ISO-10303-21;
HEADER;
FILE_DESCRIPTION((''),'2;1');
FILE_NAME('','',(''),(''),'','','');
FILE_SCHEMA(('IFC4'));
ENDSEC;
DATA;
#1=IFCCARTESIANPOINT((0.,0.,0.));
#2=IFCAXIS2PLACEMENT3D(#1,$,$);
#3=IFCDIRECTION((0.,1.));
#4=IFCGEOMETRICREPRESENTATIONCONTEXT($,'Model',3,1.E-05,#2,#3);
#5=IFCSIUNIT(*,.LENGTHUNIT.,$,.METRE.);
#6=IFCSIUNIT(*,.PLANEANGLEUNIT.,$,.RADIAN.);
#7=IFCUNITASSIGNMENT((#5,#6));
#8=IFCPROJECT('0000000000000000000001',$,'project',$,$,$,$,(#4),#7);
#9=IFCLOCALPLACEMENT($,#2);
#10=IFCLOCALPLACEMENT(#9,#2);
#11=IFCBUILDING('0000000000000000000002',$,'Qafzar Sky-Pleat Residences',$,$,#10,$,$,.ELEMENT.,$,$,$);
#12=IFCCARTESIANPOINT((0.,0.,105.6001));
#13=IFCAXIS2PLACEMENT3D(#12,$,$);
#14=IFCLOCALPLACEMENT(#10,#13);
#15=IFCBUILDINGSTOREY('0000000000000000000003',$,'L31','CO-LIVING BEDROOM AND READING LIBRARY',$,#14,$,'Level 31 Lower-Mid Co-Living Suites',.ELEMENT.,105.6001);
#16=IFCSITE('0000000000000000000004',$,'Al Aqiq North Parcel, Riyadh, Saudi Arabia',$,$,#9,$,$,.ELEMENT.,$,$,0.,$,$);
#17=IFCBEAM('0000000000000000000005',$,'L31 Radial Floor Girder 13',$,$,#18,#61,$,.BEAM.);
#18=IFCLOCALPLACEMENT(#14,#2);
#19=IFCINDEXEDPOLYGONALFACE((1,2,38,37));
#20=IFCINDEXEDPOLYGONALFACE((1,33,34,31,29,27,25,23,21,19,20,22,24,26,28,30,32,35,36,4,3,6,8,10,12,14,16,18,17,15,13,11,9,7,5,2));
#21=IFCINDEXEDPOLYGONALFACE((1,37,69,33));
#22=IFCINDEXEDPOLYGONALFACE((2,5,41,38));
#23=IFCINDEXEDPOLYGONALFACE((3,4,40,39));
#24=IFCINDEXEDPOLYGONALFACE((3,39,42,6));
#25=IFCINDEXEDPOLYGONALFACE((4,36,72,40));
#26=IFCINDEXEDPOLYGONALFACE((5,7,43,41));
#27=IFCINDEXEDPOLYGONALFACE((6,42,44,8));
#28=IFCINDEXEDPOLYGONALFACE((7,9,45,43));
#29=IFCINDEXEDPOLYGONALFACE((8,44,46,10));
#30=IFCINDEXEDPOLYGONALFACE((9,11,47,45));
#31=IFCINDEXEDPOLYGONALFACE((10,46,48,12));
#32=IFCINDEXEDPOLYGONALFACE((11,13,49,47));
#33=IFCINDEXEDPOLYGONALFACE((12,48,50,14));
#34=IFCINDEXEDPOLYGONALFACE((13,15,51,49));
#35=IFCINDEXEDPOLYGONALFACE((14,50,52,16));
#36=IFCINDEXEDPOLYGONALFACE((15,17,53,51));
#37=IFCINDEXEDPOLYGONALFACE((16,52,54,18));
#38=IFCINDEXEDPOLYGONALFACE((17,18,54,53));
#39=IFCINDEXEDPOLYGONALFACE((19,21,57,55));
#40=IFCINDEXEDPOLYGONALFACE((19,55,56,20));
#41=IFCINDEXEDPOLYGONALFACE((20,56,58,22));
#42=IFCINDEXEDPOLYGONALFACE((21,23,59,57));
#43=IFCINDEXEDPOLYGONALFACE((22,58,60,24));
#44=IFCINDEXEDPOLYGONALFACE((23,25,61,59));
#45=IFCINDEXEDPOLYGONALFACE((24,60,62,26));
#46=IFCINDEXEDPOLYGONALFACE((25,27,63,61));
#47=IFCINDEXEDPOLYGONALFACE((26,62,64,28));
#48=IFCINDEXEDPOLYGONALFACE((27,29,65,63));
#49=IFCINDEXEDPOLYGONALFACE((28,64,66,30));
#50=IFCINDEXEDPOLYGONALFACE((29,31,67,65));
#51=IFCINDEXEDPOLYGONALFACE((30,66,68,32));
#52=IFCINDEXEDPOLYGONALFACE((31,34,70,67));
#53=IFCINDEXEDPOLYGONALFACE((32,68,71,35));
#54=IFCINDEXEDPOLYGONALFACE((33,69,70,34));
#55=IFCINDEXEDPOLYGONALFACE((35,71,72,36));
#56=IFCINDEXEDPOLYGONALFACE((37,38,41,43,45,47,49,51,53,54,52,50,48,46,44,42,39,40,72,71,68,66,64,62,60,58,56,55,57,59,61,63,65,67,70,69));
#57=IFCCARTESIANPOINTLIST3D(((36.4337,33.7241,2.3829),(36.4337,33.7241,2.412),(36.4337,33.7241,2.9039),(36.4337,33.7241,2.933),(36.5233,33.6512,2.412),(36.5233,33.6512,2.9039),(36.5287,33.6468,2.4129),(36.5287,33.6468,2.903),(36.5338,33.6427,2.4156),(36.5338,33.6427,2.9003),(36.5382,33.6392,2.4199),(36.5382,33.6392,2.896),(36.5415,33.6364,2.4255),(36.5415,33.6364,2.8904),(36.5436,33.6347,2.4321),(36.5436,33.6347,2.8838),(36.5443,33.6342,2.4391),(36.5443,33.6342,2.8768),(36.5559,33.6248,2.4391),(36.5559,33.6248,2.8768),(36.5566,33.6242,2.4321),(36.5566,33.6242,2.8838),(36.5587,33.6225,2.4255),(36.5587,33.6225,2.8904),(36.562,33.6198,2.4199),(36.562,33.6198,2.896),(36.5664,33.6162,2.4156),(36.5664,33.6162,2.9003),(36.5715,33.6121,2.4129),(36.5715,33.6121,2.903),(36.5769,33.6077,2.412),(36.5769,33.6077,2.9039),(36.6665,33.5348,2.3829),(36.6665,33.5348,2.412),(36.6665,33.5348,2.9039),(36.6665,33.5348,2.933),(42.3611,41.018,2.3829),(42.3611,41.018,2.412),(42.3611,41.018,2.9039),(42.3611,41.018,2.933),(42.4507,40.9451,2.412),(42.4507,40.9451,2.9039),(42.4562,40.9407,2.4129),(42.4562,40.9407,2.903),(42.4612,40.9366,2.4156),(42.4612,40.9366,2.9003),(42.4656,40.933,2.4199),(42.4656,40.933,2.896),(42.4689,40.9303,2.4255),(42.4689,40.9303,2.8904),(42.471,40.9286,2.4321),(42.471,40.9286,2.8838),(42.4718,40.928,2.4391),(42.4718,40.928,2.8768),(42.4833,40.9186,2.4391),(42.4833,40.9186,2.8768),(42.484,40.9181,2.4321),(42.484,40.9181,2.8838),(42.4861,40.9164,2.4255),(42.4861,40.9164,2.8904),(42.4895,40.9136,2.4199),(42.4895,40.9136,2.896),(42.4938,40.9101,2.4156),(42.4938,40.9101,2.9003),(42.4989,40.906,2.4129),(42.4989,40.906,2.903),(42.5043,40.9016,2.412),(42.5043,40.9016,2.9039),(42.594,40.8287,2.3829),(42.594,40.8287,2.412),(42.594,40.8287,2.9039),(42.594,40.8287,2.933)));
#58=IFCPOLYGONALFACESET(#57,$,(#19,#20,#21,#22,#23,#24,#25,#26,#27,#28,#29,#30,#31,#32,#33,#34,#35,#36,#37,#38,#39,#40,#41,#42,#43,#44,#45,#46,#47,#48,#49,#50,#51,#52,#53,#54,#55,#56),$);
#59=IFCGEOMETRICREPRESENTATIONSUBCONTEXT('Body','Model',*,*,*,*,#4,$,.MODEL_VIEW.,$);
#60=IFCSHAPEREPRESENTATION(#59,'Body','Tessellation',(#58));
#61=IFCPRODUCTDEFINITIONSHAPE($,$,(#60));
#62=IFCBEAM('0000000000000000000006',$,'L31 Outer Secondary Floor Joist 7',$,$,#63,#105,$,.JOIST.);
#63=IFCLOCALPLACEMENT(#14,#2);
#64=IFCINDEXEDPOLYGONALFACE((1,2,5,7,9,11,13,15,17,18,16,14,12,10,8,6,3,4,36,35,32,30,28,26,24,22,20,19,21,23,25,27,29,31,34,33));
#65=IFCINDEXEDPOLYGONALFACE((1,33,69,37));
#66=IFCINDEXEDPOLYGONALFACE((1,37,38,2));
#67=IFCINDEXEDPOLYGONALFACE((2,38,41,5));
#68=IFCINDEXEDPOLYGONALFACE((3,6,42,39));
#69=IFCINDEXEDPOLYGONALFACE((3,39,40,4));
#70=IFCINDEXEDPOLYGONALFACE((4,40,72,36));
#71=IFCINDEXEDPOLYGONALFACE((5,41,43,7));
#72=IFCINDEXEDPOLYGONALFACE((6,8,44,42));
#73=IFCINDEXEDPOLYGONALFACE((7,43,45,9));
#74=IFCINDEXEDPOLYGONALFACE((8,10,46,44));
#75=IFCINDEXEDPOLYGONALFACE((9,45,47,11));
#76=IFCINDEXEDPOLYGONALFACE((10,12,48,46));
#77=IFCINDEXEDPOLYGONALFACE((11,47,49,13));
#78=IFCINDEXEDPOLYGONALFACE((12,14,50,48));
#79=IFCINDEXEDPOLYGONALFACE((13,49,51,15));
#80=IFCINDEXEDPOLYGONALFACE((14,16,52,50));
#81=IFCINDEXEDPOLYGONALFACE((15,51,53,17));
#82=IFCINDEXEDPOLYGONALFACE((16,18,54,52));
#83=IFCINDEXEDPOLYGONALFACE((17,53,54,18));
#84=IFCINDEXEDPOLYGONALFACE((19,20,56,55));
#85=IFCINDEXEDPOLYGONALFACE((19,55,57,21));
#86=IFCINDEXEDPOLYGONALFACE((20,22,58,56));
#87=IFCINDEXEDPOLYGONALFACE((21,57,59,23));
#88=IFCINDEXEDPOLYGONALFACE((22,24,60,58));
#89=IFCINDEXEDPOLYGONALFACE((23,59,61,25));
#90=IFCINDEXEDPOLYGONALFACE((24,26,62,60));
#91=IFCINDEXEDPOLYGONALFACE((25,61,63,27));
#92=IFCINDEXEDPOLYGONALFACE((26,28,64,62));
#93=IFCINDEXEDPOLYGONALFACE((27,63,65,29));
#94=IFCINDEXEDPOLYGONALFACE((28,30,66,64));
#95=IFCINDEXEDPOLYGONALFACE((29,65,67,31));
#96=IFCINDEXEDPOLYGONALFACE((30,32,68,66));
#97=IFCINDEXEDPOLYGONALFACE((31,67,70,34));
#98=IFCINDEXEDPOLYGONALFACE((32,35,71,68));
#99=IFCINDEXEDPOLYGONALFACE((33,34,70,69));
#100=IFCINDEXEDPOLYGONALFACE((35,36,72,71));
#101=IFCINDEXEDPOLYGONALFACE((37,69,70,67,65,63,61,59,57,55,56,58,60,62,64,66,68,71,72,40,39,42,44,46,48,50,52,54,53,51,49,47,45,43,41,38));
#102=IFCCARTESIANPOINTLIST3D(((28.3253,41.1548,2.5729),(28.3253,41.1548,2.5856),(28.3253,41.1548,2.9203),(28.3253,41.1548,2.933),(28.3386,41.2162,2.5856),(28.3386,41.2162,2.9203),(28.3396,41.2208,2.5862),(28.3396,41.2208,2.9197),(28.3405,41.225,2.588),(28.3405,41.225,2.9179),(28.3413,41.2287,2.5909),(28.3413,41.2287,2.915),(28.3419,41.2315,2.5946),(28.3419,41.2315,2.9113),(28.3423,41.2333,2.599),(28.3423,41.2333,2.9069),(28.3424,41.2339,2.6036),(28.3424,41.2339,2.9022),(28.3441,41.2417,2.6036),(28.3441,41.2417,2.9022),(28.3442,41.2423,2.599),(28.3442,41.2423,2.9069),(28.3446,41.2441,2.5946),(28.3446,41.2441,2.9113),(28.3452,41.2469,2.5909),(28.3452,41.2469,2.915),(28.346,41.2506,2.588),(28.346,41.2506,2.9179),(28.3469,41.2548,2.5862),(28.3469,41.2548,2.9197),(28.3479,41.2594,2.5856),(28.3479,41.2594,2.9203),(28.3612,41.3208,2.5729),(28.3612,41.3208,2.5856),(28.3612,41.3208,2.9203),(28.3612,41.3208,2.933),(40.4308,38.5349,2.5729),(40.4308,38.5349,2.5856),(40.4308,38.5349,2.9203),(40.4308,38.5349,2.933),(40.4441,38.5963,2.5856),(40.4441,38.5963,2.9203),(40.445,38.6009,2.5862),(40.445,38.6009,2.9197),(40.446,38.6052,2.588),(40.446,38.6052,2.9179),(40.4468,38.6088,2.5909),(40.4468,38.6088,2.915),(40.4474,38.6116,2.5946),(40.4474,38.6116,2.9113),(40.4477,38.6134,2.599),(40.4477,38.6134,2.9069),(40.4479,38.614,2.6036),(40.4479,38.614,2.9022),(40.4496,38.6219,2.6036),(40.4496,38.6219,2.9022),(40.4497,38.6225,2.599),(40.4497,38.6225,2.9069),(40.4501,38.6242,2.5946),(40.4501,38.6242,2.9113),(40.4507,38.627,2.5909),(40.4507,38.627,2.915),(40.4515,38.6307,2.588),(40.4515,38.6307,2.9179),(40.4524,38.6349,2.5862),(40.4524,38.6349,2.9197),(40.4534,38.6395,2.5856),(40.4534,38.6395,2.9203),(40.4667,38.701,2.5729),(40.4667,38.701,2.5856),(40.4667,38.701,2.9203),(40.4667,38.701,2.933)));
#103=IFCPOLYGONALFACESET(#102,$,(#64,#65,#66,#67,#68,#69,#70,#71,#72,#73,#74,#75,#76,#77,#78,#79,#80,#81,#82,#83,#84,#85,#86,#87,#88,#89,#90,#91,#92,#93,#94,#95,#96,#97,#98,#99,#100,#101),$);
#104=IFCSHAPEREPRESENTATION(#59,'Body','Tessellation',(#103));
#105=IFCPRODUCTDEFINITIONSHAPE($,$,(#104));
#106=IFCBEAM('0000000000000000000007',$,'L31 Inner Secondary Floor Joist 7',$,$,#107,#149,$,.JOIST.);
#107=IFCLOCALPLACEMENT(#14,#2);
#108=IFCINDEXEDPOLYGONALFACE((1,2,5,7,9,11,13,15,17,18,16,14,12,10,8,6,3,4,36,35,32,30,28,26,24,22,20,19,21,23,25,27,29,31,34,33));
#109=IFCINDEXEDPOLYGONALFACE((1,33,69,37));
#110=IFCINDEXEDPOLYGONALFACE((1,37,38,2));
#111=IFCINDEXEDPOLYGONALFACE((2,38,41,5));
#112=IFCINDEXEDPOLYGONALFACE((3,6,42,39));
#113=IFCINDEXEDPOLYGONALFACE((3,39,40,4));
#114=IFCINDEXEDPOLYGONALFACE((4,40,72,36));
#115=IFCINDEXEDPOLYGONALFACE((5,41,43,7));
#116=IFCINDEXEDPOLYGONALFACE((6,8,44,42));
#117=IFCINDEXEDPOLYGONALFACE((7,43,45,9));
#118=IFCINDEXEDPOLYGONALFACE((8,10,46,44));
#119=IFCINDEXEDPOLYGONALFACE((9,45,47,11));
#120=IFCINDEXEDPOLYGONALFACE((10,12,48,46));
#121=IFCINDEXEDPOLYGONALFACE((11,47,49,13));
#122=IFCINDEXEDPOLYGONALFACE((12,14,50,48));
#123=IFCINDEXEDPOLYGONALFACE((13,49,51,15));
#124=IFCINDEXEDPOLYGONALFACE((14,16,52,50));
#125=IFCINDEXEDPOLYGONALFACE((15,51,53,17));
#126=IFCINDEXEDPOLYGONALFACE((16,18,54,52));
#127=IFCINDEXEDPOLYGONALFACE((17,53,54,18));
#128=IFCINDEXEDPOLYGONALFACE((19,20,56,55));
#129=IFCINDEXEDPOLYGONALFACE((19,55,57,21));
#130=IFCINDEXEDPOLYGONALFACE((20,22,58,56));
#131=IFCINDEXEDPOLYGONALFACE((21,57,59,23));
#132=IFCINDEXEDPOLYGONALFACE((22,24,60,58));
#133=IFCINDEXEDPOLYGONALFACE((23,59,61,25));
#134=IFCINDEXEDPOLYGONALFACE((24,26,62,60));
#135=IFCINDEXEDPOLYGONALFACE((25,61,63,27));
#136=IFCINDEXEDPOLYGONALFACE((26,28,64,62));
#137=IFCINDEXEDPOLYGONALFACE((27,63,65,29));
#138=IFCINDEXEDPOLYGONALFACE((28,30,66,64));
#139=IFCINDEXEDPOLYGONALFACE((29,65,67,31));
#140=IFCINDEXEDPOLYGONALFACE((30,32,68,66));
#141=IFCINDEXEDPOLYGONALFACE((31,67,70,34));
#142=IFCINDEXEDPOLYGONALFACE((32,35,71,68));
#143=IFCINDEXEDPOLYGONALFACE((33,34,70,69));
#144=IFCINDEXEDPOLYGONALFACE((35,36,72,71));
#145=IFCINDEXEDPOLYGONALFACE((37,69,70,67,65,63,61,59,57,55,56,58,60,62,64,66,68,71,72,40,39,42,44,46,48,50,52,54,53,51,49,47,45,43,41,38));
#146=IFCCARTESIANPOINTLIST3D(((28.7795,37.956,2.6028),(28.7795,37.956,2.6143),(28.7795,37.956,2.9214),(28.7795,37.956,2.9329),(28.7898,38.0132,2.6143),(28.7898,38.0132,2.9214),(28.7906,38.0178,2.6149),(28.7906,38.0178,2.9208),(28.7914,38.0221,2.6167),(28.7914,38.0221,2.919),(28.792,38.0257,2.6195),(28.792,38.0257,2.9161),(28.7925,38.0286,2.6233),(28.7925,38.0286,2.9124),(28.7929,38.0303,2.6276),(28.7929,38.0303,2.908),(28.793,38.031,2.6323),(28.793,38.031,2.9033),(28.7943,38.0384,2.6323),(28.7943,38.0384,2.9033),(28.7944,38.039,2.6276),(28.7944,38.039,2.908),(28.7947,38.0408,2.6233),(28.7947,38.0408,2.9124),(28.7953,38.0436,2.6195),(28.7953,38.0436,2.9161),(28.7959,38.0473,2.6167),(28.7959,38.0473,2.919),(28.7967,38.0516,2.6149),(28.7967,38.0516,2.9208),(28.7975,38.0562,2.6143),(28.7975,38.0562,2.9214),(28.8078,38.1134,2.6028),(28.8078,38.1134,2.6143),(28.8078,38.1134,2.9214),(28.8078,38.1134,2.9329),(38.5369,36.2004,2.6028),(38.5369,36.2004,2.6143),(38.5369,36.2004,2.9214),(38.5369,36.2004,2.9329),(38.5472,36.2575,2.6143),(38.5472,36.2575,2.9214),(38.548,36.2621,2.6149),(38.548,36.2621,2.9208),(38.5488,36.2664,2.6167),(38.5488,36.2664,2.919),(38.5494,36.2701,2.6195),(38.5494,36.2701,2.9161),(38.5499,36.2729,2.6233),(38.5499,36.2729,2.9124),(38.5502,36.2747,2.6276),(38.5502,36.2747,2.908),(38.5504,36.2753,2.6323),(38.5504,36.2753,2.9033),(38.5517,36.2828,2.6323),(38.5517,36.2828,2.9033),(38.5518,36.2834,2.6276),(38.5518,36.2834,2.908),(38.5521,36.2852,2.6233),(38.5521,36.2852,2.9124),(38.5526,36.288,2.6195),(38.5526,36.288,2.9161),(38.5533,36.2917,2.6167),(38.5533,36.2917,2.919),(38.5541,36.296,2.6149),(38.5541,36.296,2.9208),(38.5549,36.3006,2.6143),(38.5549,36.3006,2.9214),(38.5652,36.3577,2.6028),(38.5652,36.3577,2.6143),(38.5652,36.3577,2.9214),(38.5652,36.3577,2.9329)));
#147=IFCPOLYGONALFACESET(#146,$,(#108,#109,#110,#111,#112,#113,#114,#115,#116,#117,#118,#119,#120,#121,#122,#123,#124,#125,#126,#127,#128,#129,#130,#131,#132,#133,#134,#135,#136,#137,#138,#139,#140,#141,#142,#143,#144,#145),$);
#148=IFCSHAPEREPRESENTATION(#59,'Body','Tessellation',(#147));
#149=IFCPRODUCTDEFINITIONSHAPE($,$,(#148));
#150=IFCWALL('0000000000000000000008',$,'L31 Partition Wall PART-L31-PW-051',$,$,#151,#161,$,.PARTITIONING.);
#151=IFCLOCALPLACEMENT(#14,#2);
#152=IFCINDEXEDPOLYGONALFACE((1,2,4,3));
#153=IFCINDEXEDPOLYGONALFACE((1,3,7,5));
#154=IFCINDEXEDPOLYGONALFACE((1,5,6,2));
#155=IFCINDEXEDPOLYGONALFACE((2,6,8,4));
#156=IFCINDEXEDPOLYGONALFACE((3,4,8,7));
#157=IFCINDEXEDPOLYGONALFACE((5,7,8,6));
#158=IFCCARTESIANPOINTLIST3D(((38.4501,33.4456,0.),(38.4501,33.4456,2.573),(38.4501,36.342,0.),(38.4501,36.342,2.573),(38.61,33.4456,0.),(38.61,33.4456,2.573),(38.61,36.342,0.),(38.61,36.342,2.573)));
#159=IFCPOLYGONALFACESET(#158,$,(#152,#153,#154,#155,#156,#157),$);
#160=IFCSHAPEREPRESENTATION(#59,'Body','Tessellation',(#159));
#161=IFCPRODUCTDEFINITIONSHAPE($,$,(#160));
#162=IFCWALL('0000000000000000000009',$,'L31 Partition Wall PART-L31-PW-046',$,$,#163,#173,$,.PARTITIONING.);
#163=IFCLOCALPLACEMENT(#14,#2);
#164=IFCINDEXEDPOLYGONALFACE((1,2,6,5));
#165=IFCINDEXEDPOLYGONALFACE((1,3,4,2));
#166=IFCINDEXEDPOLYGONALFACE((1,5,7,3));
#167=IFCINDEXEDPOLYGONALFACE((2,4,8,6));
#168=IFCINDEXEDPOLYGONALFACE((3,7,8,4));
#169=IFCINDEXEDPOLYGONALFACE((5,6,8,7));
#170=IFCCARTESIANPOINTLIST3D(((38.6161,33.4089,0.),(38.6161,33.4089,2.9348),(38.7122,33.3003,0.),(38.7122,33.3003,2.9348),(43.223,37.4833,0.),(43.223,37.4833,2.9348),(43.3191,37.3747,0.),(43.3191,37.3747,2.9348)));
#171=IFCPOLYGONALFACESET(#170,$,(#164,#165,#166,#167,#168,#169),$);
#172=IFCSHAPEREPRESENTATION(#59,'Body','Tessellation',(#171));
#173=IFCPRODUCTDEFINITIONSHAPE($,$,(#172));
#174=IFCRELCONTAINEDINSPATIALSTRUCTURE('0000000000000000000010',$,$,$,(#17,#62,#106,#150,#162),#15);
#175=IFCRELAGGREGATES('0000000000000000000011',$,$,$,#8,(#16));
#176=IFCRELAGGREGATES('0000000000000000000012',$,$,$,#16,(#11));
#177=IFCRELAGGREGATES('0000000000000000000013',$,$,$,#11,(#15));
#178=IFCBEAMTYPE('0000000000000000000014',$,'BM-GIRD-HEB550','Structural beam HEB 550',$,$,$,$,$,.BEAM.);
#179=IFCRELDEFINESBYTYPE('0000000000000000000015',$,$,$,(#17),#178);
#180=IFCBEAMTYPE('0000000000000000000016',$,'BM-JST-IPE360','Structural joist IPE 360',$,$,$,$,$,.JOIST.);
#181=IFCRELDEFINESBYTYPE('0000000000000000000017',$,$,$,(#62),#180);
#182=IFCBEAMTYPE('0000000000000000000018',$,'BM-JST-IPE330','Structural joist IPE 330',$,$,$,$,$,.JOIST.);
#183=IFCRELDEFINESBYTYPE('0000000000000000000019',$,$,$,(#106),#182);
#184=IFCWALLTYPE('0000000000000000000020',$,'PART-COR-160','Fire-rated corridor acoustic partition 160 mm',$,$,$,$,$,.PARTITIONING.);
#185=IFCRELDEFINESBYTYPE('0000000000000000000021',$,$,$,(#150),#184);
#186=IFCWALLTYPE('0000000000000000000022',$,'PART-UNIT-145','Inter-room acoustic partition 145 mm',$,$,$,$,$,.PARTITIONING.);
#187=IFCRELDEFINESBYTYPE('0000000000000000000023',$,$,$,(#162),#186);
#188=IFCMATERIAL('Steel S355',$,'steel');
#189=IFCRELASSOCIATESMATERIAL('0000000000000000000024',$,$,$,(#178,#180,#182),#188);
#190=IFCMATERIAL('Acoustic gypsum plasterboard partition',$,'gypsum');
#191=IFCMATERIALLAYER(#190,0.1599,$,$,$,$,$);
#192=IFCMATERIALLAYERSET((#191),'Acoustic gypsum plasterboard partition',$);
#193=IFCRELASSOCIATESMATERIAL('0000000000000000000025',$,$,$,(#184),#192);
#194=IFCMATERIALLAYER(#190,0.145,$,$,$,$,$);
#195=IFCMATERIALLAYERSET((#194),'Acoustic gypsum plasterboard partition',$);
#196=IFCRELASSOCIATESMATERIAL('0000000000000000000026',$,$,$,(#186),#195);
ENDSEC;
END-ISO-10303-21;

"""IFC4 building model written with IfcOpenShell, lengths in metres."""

from ifc_helpers import new_model, si_unit, direction, frame, frame_2d, origin, origin_2d, place, context, subcontext, project, spatial, rectangle, i_section, extrude, source, transform, mapped, material, layer, layer_set, material_profile, profile_set, type_object, element, save


model = new_model("IFC4")

# Units and contexts
model_context = context("Model", 3, precision=1e-05, world=origin(), true_north=direction((0.0, 1.0)))
body_context = subcontext(model_context, "Body", "Model", "MODEL_VIEW")
ifc_project = project(units=[si_unit("LENGTHUNIT", "METRE"), si_unit("PLANEANGLEUNIT", "RADIAN")], contexts=[model_context])

# Site, building, storey
site_placement = place(None, origin())
site = spatial("IfcSite", under=ifc_project, at=site_placement, Name="Al Aqiq North Parcel, Riyadh, Saudi Arabia", CompositionType="ELEMENT", RefElevation=0.0)
building_placement = place(site_placement, origin())
building = spatial("IfcBuilding", under=site, at=building_placement, Name="Qafzar Sky-Pleat Residences", CompositionType="ELEMENT")
storey_placement = place(building_placement, frame((0.0, 0.0, 105.6001)))
storey = spatial("IfcBuildingStorey", under=building, at=storey_placement, Name="L31", Description="CO-LIVING BEDROOM AND READING LIBRARY", LongName="Level 31 Lower-Mid Co-Living Suites", CompositionType="ELEMENT", Elevation=105.6001)

# Beams
ifc_material_1 = material(Name="Steel S355", Category="steel")
ifc_material_profile_1 = material_profile(ifc_material_1, i_section(OverallWidth=0.3, OverallDepth=0.55, WebThickness=0.0149, FlangeThickness=0.0291, FilletRadius=0.0271, at=origin_2d()), Name="HEB 550")
ifc_profile_set_1 = profile_set([ifc_material_profile_1], Name="Steel S355")
beam_type_1 = type_object("IfcBeamType", Name="BM-GIRD-HEB550", Description="Structural beam HEB 550", PredefinedType="BEAM", material=ifc_profile_set_1)
shared_shape_1 = source(origin(), body_context, "Body", "SweptSolid", [
    extrude(i_section(OverallWidth=0.3, OverallDepth=0.55, WebThickness=0.0149, FlangeThickness=0.0291, FilletRadius=0.0271, at=origin_2d()), origin(), (0.0, 0.0, 1.0), 9.3987),
])
beam_1_placement = place(storey_placement, frame((42.4775, 40.9233, 2.658), z_axis=(-0.630667, -0.776054, 0.0), x_axis=(0.776054, -0.630667, 0.0)))
element("IfcBeam", 1, at=beam_1_placement, inside=storey, type_object=beam_type_1, Name="L31 Radial Floor Girder 13", PredefinedType="BEAM", context=body_context, shape_type="MappedRepresentation", body=[
    mapped(shared_shape_1, transform((0.0, 0.0, 0.0), x_axis=(1.0, 0.0, 0.0), y_axis=(0.0, 1.0, 0.0), z_axis=(0.0, 0.0, 1.0), scale=1.0)),
])
ifc_material_profile_2 = material_profile(ifc_material_1, i_section(OverallWidth=0.1699, OverallDepth=0.3601, WebThickness=0.0081, FlangeThickness=0.0127, FilletRadius=0.0181, at=origin_2d()), Name="IPE 360")
ifc_profile_set_2 = profile_set([ifc_material_profile_2], Name="Steel S355")
beam_type_2 = type_object("IfcBeamType", Name="BM-JST-IPE360", Description="Structural joist IPE 360", PredefinedType="JOIST", material=ifc_profile_set_2)
shared_shape_2 = source(origin(), body_context, "Body", "SweptSolid", [
    extrude(i_section(OverallWidth=0.1699, OverallDepth=0.3601, WebThickness=0.0081, FlangeThickness=0.0127, FilletRadius=0.0181, at=origin_2d()), origin(), (0.0, 0.0, 1.0), 12.3857),
])
beam_2_placement = place(storey_placement, frame((40.4487, 38.6179, 2.7529), z_axis=(-0.977373, 0.211524, 0.0), x_axis=(-0.211524, -0.977373, 0.0)))
element("IfcBeam", 2, at=beam_2_placement, inside=storey, type_object=beam_type_2, Name="L31 Outer Secondary Floor Joist 7", PredefinedType="JOIST", context=body_context, shape_type="MappedRepresentation", body=[
    mapped(shared_shape_2, transform((0.0, 0.0, 0.0), x_axis=(1.0, 0.0, 0.0), y_axis=(0.0, 1.0, 0.0), z_axis=(0.0, 0.0, 1.0), scale=1.0)),
])
ifc_material_profile_3 = material_profile(ifc_material_1, i_section(OverallWidth=0.1599, OverallDepth=0.3301, WebThickness=0.0076, FlangeThickness=0.0115, FilletRadius=0.0181, at=origin_2d()), Name="IPE 330")
ifc_profile_set_3 = profile_set([ifc_material_profile_3], Name="Steel S355")
beam_type_3 = type_object("IfcBeamType", Name="BM-JST-IPE330", Description="Structural joist IPE 330", PredefinedType="JOIST", material=ifc_profile_set_3)
shared_shape_3 = source(origin(), body_context, "Body", "SweptSolid", [
    extrude(i_section(OverallWidth=0.1599, OverallDepth=0.3301, WebThickness=0.0076, FlangeThickness=0.0115, FilletRadius=0.0181, at=origin_2d()), origin(), (0.0, 0.0, 1.0), 9.9141),
])
beam_3_placement = place(storey_placement, frame((38.551, 36.2791, 2.7678), z_axis=(-0.984196, 0.177084, 0.0), x_axis=(-0.177084, -0.984196, 0.0)))
element("IfcBeam", 3, at=beam_3_placement, inside=storey, type_object=beam_type_3, Name="L31 Inner Secondary Floor Joist 7", PredefinedType="JOIST", context=body_context, shape_type="MappedRepresentation", body=[
    mapped(shared_shape_3, transform((0.0, 0.0, 0.0), x_axis=(1.0, 0.0, 0.0), y_axis=(0.0, 1.0, 0.0), z_axis=(0.0, 0.0, 1.0), scale=1.0)),
])

# Walls
ifc_material_2 = material(Name="Acoustic gypsum plasterboard partition", Category="gypsum")
ifc_layer_1 = layer(ifc_material_2, 0.1599)
ifc_layer_set_1 = layer_set([ifc_layer_1], Name="Acoustic gypsum plasterboard partition")
wall_type_1 = type_object("IfcWallType", Name="PART-COR-160", Description="Fire-rated corridor acoustic partition 160 mm", PredefinedType="PARTITIONING", material=ifc_layer_set_1)
wall_1_placement = place(storey_placement, frame((38.53, 33.4456, 0.0), z_axis=(0.0, 0.0, 1.0), x_axis=(0.0, 1.0, 0.0)))
element("IfcWall", 4, at=wall_1_placement, inside=storey, type_object=wall_type_1, Name="L31 Partition Wall PART-L31-PW-051", PredefinedType="PARTITIONING", context=body_context, shape_type="SweptSolid", body=[
    extrude(rectangle(XDim=2.8965, YDim=0.1599, at=frame_2d((1.4482, 0.0))), origin(), (0.0, 0.0, 1.0), 2.573),
])
ifc_layer_2 = layer(ifc_material_2, 0.145)
ifc_layer_set_2 = layer_set([ifc_layer_2], Name="Acoustic gypsum plasterboard partition")
wall_type_2 = type_object("IfcWallType", Name="PART-UNIT-145", Description="Inter-room acoustic partition 145 mm", PredefinedType="PARTITIONING", material=ifc_layer_set_2)
wall_2_placement = place(storey_placement, frame((38.6641, 33.3545, 0.0), z_axis=(0.0, 0.0, 1.0), x_axis=(0.749069, 0.662492, 0.0)))
element("IfcWall", 5, at=wall_2_placement, inside=storey, type_object=wall_type_2, Name="L31 Partition Wall PART-L31-PW-046", PredefinedType="PARTITIONING", context=body_context, shape_type="SweptSolid", body=[
    extrude(rectangle(XDim=6.1501, YDim=0.145, at=frame_2d((3.0752, 0.0))), origin(), (0.0, 0.0, 1.0), 2.9348),
])

save(model, "model.ifc")
